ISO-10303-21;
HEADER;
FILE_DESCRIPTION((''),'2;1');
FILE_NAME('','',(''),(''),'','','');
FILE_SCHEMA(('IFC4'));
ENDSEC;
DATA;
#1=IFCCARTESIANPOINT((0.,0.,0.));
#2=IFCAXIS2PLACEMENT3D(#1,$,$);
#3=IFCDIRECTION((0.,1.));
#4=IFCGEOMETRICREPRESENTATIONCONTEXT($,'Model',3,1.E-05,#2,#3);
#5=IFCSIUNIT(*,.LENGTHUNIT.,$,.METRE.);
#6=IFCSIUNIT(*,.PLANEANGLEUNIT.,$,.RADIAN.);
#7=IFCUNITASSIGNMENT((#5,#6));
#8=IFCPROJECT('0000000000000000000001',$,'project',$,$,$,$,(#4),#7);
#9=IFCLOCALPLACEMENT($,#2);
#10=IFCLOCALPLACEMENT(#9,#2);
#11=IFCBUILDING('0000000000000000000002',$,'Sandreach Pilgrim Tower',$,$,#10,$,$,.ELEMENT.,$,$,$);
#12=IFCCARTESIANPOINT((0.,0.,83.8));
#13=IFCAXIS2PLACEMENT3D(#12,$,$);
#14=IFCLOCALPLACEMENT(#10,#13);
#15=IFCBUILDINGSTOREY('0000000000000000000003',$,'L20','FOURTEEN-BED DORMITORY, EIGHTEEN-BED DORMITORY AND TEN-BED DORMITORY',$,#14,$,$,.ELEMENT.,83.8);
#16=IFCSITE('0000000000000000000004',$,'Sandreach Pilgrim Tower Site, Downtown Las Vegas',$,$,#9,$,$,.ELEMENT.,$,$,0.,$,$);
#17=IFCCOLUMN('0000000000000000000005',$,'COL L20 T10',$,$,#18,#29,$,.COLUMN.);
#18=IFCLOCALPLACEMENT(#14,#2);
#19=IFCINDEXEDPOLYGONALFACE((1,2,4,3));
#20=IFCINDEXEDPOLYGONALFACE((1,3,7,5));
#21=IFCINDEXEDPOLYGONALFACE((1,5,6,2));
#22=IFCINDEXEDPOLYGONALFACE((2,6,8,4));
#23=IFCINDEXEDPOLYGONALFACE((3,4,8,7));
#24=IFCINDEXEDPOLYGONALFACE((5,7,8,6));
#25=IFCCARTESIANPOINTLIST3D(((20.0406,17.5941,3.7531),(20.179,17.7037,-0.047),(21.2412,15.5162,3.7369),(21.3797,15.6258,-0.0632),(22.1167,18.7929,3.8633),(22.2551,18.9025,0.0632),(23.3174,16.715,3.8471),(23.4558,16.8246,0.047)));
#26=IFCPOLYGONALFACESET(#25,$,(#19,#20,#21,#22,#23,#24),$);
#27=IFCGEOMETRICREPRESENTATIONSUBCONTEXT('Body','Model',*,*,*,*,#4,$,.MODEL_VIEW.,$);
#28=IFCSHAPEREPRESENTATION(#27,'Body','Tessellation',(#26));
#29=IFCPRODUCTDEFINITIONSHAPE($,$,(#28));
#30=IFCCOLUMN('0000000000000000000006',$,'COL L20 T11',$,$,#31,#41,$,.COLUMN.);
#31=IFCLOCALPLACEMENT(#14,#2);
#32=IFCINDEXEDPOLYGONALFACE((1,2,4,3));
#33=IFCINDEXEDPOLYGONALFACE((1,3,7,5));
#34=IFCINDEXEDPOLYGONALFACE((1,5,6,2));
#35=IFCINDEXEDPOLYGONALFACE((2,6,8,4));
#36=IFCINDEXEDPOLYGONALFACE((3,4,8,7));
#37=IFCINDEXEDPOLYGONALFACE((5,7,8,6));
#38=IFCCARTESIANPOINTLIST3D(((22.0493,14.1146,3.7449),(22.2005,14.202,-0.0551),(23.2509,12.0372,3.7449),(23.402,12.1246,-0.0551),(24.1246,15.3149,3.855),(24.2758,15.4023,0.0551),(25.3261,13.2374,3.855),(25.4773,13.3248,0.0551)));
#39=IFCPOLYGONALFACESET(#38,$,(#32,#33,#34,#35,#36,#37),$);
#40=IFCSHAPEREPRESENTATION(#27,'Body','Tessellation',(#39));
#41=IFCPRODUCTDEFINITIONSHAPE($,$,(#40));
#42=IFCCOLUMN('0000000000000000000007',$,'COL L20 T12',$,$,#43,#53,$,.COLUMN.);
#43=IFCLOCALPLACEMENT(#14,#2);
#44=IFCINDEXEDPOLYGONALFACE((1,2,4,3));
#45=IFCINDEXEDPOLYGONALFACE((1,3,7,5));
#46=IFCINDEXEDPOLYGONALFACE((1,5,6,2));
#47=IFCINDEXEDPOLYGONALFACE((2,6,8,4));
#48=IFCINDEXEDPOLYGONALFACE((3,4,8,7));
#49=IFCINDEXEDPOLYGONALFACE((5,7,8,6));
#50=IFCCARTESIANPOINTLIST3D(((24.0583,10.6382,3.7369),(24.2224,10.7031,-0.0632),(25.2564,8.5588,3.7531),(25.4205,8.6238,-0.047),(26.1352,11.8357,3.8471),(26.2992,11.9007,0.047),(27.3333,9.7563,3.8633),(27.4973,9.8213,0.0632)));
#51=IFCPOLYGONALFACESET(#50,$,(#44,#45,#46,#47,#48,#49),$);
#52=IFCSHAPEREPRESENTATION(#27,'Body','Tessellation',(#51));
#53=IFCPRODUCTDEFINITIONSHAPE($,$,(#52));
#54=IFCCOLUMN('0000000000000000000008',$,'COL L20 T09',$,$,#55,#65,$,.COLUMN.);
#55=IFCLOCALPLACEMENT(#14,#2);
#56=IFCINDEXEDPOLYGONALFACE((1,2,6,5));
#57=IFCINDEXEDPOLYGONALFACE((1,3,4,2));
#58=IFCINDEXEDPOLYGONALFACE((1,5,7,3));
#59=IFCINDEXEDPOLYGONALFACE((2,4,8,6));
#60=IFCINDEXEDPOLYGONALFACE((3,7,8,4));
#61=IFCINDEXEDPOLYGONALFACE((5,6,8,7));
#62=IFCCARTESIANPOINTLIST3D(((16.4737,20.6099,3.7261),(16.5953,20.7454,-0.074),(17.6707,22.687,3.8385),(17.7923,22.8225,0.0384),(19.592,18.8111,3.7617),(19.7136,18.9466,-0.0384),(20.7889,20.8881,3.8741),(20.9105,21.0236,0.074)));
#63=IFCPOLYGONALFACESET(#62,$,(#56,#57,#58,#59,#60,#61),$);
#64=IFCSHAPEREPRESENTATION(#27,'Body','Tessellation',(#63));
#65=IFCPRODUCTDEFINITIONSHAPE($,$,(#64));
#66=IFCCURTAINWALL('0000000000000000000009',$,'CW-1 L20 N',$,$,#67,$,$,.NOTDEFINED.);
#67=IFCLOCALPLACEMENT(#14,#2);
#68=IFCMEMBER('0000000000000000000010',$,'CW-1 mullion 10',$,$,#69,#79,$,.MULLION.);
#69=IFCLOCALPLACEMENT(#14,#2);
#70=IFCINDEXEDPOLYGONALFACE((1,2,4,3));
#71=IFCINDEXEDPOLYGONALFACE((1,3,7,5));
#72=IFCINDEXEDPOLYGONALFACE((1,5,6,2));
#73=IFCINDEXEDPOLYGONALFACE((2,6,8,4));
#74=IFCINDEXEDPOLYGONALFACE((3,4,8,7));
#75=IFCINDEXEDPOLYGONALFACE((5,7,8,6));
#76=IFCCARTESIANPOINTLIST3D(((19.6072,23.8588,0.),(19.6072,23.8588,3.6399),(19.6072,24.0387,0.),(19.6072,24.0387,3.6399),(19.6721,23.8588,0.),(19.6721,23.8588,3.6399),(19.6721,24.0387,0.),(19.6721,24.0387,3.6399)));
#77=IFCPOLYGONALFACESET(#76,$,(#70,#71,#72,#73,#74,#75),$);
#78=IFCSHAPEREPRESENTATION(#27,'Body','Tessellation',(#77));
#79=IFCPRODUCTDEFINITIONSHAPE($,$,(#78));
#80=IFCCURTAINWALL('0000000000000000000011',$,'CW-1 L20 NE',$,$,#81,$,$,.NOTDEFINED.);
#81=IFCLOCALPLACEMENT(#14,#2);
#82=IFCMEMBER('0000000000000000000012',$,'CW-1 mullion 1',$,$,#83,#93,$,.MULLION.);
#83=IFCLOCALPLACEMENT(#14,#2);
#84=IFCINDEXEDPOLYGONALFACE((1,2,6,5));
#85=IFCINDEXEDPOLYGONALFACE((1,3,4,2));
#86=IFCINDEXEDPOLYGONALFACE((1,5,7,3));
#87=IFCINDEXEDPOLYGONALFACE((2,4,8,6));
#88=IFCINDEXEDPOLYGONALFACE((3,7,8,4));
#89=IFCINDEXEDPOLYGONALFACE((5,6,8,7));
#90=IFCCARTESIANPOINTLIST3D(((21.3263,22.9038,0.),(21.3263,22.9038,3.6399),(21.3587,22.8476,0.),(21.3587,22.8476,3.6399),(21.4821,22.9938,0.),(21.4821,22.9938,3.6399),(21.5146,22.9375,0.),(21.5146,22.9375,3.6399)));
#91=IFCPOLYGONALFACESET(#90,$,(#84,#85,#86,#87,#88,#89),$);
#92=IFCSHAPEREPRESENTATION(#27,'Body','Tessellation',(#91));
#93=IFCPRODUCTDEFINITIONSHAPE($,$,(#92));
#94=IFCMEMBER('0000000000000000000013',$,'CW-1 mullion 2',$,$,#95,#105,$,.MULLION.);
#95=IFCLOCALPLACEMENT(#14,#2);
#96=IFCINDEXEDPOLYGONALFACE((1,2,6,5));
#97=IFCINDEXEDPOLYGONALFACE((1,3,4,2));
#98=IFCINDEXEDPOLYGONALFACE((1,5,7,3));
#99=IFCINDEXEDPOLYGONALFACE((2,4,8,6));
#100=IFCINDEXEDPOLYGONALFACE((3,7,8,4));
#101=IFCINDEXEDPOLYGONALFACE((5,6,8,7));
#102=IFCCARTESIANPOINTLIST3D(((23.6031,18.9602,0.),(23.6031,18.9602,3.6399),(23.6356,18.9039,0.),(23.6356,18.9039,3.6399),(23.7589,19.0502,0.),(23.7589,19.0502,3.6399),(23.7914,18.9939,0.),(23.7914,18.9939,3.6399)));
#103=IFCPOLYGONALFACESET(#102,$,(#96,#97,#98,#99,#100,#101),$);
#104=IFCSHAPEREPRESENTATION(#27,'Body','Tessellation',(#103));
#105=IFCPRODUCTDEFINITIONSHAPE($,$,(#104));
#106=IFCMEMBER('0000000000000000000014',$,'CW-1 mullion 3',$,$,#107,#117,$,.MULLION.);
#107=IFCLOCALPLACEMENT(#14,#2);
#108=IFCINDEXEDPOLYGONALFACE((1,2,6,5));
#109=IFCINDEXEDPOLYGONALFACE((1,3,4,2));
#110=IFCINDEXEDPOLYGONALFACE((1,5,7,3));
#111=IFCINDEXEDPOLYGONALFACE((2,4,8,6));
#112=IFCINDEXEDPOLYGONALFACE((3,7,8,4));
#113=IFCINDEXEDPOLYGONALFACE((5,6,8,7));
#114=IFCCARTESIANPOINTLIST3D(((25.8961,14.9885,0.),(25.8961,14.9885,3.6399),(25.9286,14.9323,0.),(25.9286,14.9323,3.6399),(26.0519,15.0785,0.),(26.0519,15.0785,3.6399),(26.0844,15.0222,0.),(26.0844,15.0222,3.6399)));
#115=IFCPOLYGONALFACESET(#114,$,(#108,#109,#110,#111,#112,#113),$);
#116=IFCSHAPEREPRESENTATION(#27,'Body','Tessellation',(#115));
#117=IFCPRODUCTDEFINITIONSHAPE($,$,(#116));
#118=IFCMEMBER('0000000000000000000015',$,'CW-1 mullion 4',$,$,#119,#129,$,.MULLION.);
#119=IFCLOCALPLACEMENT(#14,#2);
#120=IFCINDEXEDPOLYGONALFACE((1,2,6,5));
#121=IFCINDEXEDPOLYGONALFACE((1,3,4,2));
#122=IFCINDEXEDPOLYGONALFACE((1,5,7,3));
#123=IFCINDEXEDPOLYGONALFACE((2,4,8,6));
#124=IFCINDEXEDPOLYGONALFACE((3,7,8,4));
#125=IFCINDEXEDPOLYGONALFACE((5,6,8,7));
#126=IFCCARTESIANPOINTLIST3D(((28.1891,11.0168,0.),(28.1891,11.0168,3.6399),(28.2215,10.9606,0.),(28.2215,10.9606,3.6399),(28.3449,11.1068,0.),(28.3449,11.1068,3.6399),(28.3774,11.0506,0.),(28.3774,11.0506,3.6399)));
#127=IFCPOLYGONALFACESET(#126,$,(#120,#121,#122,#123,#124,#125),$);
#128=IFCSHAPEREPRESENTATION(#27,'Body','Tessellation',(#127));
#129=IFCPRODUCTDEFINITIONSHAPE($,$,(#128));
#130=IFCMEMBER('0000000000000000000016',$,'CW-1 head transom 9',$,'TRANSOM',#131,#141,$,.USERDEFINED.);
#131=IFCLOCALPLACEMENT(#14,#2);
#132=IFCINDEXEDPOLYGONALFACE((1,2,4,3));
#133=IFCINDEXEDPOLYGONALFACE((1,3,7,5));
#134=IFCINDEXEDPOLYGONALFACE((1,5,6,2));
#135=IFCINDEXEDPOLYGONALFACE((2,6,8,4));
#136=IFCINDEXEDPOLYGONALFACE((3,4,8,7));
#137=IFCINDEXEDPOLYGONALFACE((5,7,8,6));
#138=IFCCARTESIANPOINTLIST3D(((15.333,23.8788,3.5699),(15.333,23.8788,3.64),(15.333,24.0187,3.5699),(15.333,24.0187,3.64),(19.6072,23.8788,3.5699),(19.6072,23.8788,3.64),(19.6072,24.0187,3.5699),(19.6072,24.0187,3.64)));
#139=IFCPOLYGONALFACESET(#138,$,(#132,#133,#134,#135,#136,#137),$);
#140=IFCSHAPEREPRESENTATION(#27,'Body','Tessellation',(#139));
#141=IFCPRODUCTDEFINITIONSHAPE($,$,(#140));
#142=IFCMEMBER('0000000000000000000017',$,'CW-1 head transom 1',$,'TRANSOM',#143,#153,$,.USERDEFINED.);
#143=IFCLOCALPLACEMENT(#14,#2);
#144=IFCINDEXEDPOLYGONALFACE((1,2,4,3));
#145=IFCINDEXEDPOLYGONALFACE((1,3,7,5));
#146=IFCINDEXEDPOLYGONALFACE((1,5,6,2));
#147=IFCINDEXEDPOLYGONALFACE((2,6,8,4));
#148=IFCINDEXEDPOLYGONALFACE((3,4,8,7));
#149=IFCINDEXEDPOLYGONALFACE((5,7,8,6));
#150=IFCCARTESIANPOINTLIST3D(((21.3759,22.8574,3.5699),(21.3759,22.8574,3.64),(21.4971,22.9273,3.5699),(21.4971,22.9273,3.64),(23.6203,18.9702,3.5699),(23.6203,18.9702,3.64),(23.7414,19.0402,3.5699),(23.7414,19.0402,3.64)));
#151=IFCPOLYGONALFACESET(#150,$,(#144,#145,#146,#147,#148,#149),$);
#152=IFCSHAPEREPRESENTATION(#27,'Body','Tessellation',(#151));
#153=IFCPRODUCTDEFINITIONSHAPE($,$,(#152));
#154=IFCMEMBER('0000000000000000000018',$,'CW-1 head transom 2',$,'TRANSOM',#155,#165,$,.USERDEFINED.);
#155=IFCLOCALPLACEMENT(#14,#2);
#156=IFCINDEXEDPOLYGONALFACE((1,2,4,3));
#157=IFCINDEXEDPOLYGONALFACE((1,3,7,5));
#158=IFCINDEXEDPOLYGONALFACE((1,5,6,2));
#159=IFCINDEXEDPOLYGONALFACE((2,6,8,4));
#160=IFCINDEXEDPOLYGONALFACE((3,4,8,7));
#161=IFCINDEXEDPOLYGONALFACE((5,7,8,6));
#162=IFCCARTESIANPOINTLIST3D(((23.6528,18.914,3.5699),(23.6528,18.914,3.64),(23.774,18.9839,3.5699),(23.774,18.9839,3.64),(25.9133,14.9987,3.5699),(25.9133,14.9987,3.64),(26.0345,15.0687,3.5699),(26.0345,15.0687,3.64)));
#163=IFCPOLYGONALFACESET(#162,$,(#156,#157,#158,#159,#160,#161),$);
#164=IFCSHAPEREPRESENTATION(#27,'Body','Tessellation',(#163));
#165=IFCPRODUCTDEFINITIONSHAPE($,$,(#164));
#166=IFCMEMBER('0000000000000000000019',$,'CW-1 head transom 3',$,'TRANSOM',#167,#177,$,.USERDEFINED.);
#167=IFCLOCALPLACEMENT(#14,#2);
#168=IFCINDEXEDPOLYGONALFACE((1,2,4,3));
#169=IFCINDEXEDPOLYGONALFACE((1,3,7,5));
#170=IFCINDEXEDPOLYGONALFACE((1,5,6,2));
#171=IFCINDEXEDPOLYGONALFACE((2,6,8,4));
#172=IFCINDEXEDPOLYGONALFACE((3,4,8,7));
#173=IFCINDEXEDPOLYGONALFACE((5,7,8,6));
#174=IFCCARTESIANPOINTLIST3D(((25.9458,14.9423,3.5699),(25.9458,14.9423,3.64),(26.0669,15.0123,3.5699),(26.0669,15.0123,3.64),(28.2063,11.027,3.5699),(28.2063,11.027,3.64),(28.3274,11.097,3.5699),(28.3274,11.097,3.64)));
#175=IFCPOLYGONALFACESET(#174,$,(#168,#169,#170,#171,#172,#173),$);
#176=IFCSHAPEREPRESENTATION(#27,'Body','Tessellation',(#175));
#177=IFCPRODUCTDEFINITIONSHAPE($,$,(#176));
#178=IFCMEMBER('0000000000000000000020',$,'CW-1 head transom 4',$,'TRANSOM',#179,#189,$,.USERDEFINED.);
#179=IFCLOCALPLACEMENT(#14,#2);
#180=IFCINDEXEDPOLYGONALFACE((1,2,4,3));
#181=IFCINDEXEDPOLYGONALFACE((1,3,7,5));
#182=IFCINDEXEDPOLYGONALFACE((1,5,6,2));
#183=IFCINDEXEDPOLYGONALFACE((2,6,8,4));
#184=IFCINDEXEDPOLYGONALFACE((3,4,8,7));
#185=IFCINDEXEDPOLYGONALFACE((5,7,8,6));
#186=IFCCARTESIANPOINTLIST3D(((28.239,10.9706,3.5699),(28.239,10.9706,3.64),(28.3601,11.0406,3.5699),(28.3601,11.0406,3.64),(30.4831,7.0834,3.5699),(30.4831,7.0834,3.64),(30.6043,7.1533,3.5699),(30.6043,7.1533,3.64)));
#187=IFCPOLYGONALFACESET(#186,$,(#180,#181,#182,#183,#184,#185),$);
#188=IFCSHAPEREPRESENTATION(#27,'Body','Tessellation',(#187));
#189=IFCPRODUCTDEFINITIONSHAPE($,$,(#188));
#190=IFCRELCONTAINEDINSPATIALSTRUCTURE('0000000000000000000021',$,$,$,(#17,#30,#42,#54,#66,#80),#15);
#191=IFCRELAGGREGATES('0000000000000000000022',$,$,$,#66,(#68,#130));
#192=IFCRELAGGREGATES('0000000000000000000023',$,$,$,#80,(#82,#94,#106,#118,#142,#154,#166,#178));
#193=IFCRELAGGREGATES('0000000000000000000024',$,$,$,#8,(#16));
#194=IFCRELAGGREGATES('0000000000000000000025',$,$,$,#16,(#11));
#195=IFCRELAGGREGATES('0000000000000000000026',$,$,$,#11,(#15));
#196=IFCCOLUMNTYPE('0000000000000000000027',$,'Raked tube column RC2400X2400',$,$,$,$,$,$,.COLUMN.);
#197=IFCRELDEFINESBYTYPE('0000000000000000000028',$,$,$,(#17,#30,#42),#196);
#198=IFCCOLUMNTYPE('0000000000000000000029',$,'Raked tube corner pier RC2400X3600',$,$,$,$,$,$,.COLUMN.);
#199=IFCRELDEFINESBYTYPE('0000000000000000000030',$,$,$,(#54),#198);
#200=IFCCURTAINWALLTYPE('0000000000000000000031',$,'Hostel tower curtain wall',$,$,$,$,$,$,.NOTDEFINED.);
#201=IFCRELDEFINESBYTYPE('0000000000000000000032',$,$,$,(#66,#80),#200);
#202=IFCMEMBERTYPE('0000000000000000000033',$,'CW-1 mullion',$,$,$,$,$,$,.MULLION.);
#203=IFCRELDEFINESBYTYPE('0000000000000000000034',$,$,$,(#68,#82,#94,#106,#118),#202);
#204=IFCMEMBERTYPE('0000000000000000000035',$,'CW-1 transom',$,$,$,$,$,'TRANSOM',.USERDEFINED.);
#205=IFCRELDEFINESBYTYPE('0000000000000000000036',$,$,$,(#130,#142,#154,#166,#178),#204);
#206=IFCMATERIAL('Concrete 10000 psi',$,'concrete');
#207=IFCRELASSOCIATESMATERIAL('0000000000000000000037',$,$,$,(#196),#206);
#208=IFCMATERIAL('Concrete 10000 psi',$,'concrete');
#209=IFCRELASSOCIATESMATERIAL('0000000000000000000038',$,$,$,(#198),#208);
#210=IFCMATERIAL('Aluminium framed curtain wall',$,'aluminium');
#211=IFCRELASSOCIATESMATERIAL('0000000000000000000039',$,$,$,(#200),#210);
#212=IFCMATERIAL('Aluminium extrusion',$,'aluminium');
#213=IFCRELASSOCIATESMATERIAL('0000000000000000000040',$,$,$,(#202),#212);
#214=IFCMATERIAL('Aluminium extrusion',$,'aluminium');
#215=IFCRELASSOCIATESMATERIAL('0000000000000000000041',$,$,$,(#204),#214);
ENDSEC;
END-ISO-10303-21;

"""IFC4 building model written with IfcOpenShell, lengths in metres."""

from ifc_helpers import new_model, si_unit, direction, frame, origin, origin_2d, place, context, subcontext, project, spatial, rectangle, extrude, material, material_profile, profile_set, type_object, element, aggregate, save


model = new_model("IFC4")

# Units and contexts
model_context = context("Model", 3, precision=1e-05, world=origin(), true_north=direction((0.0, 1.0)))
body_context = subcontext(model_context, "Body", "Model", "MODEL_VIEW")
ifc_project = project(units=[si_unit("LENGTHUNIT", "METRE"), si_unit("PLANEANGLEUNIT", "RADIAN")], contexts=[model_context])

# Site, building, storey
site_placement = place(None, origin())
site = spatial("IfcSite", under=ifc_project, at=site_placement, Name="Sandreach Pilgrim Tower Site, Downtown Las Vegas", CompositionType="ELEMENT", RefElevation=0.0)
building_placement = place(site_placement, origin())
building = spatial("IfcBuilding", under=site, at=building_placement, Name="Sandreach Pilgrim Tower", CompositionType="ELEMENT")
storey_placement = place(building_placement, frame((0.0, 0.0, 83.8)))
storey = spatial("IfcBuildingStorey", under=building, at=storey_placement, Name="L20", Description="FOURTEEN-BED DORMITORY, EIGHTEEN-BED DORMITORY AND TEN-BED DORMITORY", CompositionType="ELEMENT", Elevation=83.8)

# Columns
ifc_material_1 = material(Name="Concrete 10000 psi", Category="concrete")
ifc_material_profile_1 = material_profile(ifc_material_1, rectangle(XDim=2.3999, YDim=2.3999, at=origin_2d()), Name="RC2400X2400")
ifc_profile_set_1 = profile_set([ifc_material_profile_1], Name="Concrete 10000 psi")
column_type_1 = type_object("IfcColumnType", Name="Raked tube column RC2400X2400", PredefinedType="COLUMN", material=ifc_profile_set_1)
column_1_placement = place(storey_placement, frame((21.8174, 17.2642, 0.0), z_axis=(-0.036389, -0.028816, 0.998922), x_axis=(0.865087, 0.499515, 0.045923)))
element("IfcColumn", 1, at=column_1_placement, inside=storey, type_object=column_type_1, Name="COL L20 T10", PredefinedType="COLUMN", context=body_context, shape_type="SweptSolid", body=[
    extrude(rectangle(XDim=2.3999, YDim=2.3999, at=origin_2d()), origin(), (0.0, 0.0, 1.0), 3.8042),
])
column_2_placement = place(storey_placement, frame((23.8389, 13.7634, 0.0), z_axis=(-0.039727, -0.022976, 0.998946), x_axis=(0.864738, 0.500123, 0.045892)))
element("IfcColumn", 2, at=column_2_placement, inside=storey, type_object=column_type_1, Name="COL L20 T11", PredefinedType="COLUMN", context=body_context, shape_type="SweptSolid", body=[
    extrude(rectangle(XDim=2.3999, YDim=2.3999, at=origin_2d()), origin(), (0.0, 0.0, 1.0), 3.804),
])
column_3_placement = place(storey_placement, frame((25.8599, 10.2622, 0.0), z_axis=(-0.043127, -0.017071, 0.998924), x_axis=(0.865394, 0.498986, 0.04589)))
element("IfcColumn", 3, at=column_3_placement, inside=storey, type_object=column_type_1, Name="COL L20 T12", PredefinedType="COLUMN", context=body_context, shape_type="SweptSolid", body=[
    extrude(rectangle(XDim=2.3999, YDim=2.3999, at=origin_2d()), origin(), (0.0, 0.0, 1.0), 3.8042),
])
ifc_material_2 = material(Name="Concrete 10000 psi", Category="concrete")
ifc_material_profile_2 = material_profile(ifc_material_2, rectangle(XDim=2.3999, YDim=3.6001, at=origin_2d()), Name="RC2400X3600")
ifc_profile_set_2 = profile_set([ifc_material_profile_2], Name="Concrete 10000 psi")
column_type_2 = type_object("IfcColumnType", Name="Raked tube corner pier RC2400X3600", PredefinedType="COLUMN", material=ifc_profile_set_2)
column_4_placement = place(storey_placement, frame((18.7529, 20.8845, 0.0), z_axis=(-0.031958, -0.035616, 0.998854), x_axis=(0.498743, 0.865485, 0.046818)))
element("IfcColumn", 4, at=column_4_placement, inside=storey, type_object=column_type_2, Name="COL L20 T09", PredefinedType="COLUMN", context=body_context, shape_type="SweptSolid", body=[
    extrude(rectangle(XDim=2.3999, YDim=3.6001, at=origin_2d()), origin(), (0.0, 0.0, 1.0), 3.8044),
])

# Curtain wall, member
ifc_material_3 = material(Name="Aluminium framed curtain wall", Category="aluminium")
curtain_wall_type = type_object("IfcCurtainWallType", Name="Hostel tower curtain wall", PredefinedType="NOTDEFINED", material=ifc_material_3)
curtain_wall_1_placement = place(storey_placement, origin())
curtain_wall_1 = element("IfcCurtainWall", 5, at=curtain_wall_1_placement, inside=storey, type_object=curtain_wall_type, Name="CW-1 L20 N", PredefinedType="NOTDEFINED")
ifc_material_4 = material(Name="Aluminium extrusion", Category="aluminium")
ifc_material_profile_3 = material_profile(ifc_material_4, rectangle(XDim=0.0649, YDim=0.1799, at=origin_2d()), Name="CW-1M 65X180")
ifc_profile_set_3 = profile_set([ifc_material_profile_3], Name="Aluminium extrusion")
member_type_1 = type_object("IfcMemberType", Name="CW-1 mullion", PredefinedType="MULLION", material=ifc_profile_set_3)
member_1_placement = place(storey_placement, frame((19.6396, 23.9487, 0.0), z_axis=(0.0, 0.0, 1.0), x_axis=(1.0, 0.0, 0.0)))
member_1 = element("IfcMember", 6, at=member_1_placement, type_object=member_type_1, Name="CW-1 mullion 10", PredefinedType="MULLION", context=body_context, shape_type="SweptSolid", body=[
    extrude(rectangle(XDim=0.0649, YDim=0.1799, at=origin_2d()), origin(), (0.0, 0.0, 1.0), 3.6399),
])

# Curtain wall, members
curtain_wall_2_placement = place(storey_placement, origin())
curtain_wall_2 = element("IfcCurtainWall", 7, at=curtain_wall_2_placement, inside=storey, type_object=curtain_wall_type, Name="CW-1 L20 NE", PredefinedType="NOTDEFINED")
member_2_placement = place(storey_placement, frame((21.4204, 22.9207, 0.0), z_axis=(0.0, 0.0, 1.0), x_axis=(0.5, -0.866025, 0.0)))
member_2 = element("IfcMember", 8, at=member_2_placement, type_object=member_type_1, Name="CW-1 mullion 1", PredefinedType="MULLION", context=body_context, shape_type="SweptSolid", body=[
    extrude(rectangle(XDim=0.0649, YDim=0.1799, at=origin_2d()), origin(), (0.0, 0.0, 1.0), 3.6399),
])
member_3_placement = place(storey_placement, frame((23.6973, 18.9771, 0.0), z_axis=(0.0, 0.0, 1.0), x_axis=(0.5, -0.866025, 0.0)))
member_3 = element("IfcMember", 9, at=member_3_placement, type_object=member_type_1, Name="CW-1 mullion 2", PredefinedType="MULLION", context=body_context, shape_type="SweptSolid", body=[
    extrude(rectangle(XDim=0.0649, YDim=0.1799, at=origin_2d()), origin(), (0.0, 0.0, 1.0), 3.6399),
])
member_4_placement = place(storey_placement, frame((25.9902, 15.0054, 0.0), z_axis=(0.0, 0.0, 1.0), x_axis=(0.5, -0.866025, 0.0)))
member_4 = element("IfcMember", 10, at=member_4_placement, type_object=member_type_1, Name="CW-1 mullion 3", PredefinedType="MULLION", context=body_context, shape_type="SweptSolid", body=[
    extrude(rectangle(XDim=0.0649, YDim=0.1799, at=origin_2d()), origin(), (0.0, 0.0, 1.0), 3.6399),
])
member_5_placement = place(storey_placement, frame((28.2832, 11.0337, 0.0), z_axis=(0.0, 0.0, 1.0), x_axis=(0.5, -0.866025, 0.0)))
member_5 = element("IfcMember", 11, at=member_5_placement, type_object=member_type_1, Name="CW-1 mullion 4", PredefinedType="MULLION", context=body_context, shape_type="SweptSolid", body=[
    extrude(rectangle(XDim=0.0649, YDim=0.1799, at=origin_2d()), origin(), (0.0, 0.0, 1.0), 3.6399),
])

# Members
ifc_material_5 = material(Name="Aluminium extrusion", Category="aluminium")
ifc_material_profile_4 = material_profile(ifc_material_5, rectangle(XDim=0.1399, YDim=0.0701, at=origin_2d()), Name="CW-1T 140X70")
ifc_profile_set_4 = profile_set([ifc_material_profile_4], Name="Aluminium extrusion")
member_type_2 = type_object("IfcMemberType", Name="CW-1 transom", ElementType="TRANSOM", PredefinedType="USERDEFINED", material=ifc_profile_set_4)
member_6_placement = place(storey_placement, frame((15.333, 23.9487, 3.605), z_axis=(1.0, 0.0, 0.0), x_axis=(0.0, 1.0, 0.0)))
member_6 = element("IfcMember", 12, at=member_6_placement, type_object=member_type_2, Name="CW-1 head transom 9", ObjectType="TRANSOM", PredefinedType="USERDEFINED", context=body_context, shape_type="SweptSolid", body=[
    extrude(rectangle(XDim=0.1399, YDim=0.0701, at=origin_2d()), origin(), (0.0, 0.0, 1.0), 4.2742),
])
member_7_placement = place(storey_placement, frame((21.4365, 22.8923, 3.605), z_axis=(0.500018, -0.866015, 0.0), x_axis=(0.866015, 0.500018, 0.0)))
member_7 = element("IfcMember", 13, at=member_7_placement, type_object=member_type_2, Name="CW-1 head transom 1", ObjectType="TRANSOM", PredefinedType="USERDEFINED", context=body_context, shape_type="SweptSolid", body=[
    extrude(rectangle(XDim=0.1399, YDim=0.0701, at=origin_2d()), origin(), (0.0, 0.0, 1.0), 4.4885),
])
member_8_placement = place(storey_placement, frame((23.7134, 18.949, 3.605), z_axis=(0.500001, -0.866025, 0.0), x_axis=(0.866025, 0.500001, 0.0)))
member_8 = element("IfcMember", 14, at=member_8_placement, type_object=member_type_2, Name="CW-1 head transom 2", ObjectType="TRANSOM", PredefinedType="USERDEFINED", context=body_context, shape_type="SweptSolid", body=[
    extrude(rectangle(XDim=0.1399, YDim=0.0701, at=origin_2d()), origin(), (0.0, 0.0, 1.0), 4.521),
])
member_9_placement = place(storey_placement, frame((26.0063, 14.9773, 3.605), z_axis=(0.500001, -0.866025, 0.0), x_axis=(0.866025, 0.500001, 0.0)))
member_9 = element("IfcMember", 15, at=member_9_placement, type_object=member_type_2, Name="CW-1 head transom 3", ObjectType="TRANSOM", PredefinedType="USERDEFINED", context=body_context, shape_type="SweptSolid", body=[
    extrude(rectangle(XDim=0.1399, YDim=0.0701, at=origin_2d()), origin(), (0.0, 0.0, 1.0), 4.521),
])
member_10_placement = place(storey_placement, frame((28.2996, 11.0056, 3.605), z_axis=(0.499977, -0.866039, 0.0), x_axis=(0.866039, 0.499977, 0.0)))
member_10 = element("IfcMember", 16, at=member_10_placement, type_object=member_type_2, Name="CW-1 head transom 4", ObjectType="TRANSOM", PredefinedType="USERDEFINED", context=body_context, shape_type="SweptSolid", body=[
    extrude(rectangle(XDim=0.1399, YDim=0.0701, at=origin_2d()), origin(), (0.0, 0.0, 1.0), 4.4885),
])

aggregate(curtain_wall_1, [member_1, member_6])
aggregate(curtain_wall_2, [member_2, member_3, member_4, member_5, member_7, member_8, member_9, member_10])

save(model, "model.ifc")
